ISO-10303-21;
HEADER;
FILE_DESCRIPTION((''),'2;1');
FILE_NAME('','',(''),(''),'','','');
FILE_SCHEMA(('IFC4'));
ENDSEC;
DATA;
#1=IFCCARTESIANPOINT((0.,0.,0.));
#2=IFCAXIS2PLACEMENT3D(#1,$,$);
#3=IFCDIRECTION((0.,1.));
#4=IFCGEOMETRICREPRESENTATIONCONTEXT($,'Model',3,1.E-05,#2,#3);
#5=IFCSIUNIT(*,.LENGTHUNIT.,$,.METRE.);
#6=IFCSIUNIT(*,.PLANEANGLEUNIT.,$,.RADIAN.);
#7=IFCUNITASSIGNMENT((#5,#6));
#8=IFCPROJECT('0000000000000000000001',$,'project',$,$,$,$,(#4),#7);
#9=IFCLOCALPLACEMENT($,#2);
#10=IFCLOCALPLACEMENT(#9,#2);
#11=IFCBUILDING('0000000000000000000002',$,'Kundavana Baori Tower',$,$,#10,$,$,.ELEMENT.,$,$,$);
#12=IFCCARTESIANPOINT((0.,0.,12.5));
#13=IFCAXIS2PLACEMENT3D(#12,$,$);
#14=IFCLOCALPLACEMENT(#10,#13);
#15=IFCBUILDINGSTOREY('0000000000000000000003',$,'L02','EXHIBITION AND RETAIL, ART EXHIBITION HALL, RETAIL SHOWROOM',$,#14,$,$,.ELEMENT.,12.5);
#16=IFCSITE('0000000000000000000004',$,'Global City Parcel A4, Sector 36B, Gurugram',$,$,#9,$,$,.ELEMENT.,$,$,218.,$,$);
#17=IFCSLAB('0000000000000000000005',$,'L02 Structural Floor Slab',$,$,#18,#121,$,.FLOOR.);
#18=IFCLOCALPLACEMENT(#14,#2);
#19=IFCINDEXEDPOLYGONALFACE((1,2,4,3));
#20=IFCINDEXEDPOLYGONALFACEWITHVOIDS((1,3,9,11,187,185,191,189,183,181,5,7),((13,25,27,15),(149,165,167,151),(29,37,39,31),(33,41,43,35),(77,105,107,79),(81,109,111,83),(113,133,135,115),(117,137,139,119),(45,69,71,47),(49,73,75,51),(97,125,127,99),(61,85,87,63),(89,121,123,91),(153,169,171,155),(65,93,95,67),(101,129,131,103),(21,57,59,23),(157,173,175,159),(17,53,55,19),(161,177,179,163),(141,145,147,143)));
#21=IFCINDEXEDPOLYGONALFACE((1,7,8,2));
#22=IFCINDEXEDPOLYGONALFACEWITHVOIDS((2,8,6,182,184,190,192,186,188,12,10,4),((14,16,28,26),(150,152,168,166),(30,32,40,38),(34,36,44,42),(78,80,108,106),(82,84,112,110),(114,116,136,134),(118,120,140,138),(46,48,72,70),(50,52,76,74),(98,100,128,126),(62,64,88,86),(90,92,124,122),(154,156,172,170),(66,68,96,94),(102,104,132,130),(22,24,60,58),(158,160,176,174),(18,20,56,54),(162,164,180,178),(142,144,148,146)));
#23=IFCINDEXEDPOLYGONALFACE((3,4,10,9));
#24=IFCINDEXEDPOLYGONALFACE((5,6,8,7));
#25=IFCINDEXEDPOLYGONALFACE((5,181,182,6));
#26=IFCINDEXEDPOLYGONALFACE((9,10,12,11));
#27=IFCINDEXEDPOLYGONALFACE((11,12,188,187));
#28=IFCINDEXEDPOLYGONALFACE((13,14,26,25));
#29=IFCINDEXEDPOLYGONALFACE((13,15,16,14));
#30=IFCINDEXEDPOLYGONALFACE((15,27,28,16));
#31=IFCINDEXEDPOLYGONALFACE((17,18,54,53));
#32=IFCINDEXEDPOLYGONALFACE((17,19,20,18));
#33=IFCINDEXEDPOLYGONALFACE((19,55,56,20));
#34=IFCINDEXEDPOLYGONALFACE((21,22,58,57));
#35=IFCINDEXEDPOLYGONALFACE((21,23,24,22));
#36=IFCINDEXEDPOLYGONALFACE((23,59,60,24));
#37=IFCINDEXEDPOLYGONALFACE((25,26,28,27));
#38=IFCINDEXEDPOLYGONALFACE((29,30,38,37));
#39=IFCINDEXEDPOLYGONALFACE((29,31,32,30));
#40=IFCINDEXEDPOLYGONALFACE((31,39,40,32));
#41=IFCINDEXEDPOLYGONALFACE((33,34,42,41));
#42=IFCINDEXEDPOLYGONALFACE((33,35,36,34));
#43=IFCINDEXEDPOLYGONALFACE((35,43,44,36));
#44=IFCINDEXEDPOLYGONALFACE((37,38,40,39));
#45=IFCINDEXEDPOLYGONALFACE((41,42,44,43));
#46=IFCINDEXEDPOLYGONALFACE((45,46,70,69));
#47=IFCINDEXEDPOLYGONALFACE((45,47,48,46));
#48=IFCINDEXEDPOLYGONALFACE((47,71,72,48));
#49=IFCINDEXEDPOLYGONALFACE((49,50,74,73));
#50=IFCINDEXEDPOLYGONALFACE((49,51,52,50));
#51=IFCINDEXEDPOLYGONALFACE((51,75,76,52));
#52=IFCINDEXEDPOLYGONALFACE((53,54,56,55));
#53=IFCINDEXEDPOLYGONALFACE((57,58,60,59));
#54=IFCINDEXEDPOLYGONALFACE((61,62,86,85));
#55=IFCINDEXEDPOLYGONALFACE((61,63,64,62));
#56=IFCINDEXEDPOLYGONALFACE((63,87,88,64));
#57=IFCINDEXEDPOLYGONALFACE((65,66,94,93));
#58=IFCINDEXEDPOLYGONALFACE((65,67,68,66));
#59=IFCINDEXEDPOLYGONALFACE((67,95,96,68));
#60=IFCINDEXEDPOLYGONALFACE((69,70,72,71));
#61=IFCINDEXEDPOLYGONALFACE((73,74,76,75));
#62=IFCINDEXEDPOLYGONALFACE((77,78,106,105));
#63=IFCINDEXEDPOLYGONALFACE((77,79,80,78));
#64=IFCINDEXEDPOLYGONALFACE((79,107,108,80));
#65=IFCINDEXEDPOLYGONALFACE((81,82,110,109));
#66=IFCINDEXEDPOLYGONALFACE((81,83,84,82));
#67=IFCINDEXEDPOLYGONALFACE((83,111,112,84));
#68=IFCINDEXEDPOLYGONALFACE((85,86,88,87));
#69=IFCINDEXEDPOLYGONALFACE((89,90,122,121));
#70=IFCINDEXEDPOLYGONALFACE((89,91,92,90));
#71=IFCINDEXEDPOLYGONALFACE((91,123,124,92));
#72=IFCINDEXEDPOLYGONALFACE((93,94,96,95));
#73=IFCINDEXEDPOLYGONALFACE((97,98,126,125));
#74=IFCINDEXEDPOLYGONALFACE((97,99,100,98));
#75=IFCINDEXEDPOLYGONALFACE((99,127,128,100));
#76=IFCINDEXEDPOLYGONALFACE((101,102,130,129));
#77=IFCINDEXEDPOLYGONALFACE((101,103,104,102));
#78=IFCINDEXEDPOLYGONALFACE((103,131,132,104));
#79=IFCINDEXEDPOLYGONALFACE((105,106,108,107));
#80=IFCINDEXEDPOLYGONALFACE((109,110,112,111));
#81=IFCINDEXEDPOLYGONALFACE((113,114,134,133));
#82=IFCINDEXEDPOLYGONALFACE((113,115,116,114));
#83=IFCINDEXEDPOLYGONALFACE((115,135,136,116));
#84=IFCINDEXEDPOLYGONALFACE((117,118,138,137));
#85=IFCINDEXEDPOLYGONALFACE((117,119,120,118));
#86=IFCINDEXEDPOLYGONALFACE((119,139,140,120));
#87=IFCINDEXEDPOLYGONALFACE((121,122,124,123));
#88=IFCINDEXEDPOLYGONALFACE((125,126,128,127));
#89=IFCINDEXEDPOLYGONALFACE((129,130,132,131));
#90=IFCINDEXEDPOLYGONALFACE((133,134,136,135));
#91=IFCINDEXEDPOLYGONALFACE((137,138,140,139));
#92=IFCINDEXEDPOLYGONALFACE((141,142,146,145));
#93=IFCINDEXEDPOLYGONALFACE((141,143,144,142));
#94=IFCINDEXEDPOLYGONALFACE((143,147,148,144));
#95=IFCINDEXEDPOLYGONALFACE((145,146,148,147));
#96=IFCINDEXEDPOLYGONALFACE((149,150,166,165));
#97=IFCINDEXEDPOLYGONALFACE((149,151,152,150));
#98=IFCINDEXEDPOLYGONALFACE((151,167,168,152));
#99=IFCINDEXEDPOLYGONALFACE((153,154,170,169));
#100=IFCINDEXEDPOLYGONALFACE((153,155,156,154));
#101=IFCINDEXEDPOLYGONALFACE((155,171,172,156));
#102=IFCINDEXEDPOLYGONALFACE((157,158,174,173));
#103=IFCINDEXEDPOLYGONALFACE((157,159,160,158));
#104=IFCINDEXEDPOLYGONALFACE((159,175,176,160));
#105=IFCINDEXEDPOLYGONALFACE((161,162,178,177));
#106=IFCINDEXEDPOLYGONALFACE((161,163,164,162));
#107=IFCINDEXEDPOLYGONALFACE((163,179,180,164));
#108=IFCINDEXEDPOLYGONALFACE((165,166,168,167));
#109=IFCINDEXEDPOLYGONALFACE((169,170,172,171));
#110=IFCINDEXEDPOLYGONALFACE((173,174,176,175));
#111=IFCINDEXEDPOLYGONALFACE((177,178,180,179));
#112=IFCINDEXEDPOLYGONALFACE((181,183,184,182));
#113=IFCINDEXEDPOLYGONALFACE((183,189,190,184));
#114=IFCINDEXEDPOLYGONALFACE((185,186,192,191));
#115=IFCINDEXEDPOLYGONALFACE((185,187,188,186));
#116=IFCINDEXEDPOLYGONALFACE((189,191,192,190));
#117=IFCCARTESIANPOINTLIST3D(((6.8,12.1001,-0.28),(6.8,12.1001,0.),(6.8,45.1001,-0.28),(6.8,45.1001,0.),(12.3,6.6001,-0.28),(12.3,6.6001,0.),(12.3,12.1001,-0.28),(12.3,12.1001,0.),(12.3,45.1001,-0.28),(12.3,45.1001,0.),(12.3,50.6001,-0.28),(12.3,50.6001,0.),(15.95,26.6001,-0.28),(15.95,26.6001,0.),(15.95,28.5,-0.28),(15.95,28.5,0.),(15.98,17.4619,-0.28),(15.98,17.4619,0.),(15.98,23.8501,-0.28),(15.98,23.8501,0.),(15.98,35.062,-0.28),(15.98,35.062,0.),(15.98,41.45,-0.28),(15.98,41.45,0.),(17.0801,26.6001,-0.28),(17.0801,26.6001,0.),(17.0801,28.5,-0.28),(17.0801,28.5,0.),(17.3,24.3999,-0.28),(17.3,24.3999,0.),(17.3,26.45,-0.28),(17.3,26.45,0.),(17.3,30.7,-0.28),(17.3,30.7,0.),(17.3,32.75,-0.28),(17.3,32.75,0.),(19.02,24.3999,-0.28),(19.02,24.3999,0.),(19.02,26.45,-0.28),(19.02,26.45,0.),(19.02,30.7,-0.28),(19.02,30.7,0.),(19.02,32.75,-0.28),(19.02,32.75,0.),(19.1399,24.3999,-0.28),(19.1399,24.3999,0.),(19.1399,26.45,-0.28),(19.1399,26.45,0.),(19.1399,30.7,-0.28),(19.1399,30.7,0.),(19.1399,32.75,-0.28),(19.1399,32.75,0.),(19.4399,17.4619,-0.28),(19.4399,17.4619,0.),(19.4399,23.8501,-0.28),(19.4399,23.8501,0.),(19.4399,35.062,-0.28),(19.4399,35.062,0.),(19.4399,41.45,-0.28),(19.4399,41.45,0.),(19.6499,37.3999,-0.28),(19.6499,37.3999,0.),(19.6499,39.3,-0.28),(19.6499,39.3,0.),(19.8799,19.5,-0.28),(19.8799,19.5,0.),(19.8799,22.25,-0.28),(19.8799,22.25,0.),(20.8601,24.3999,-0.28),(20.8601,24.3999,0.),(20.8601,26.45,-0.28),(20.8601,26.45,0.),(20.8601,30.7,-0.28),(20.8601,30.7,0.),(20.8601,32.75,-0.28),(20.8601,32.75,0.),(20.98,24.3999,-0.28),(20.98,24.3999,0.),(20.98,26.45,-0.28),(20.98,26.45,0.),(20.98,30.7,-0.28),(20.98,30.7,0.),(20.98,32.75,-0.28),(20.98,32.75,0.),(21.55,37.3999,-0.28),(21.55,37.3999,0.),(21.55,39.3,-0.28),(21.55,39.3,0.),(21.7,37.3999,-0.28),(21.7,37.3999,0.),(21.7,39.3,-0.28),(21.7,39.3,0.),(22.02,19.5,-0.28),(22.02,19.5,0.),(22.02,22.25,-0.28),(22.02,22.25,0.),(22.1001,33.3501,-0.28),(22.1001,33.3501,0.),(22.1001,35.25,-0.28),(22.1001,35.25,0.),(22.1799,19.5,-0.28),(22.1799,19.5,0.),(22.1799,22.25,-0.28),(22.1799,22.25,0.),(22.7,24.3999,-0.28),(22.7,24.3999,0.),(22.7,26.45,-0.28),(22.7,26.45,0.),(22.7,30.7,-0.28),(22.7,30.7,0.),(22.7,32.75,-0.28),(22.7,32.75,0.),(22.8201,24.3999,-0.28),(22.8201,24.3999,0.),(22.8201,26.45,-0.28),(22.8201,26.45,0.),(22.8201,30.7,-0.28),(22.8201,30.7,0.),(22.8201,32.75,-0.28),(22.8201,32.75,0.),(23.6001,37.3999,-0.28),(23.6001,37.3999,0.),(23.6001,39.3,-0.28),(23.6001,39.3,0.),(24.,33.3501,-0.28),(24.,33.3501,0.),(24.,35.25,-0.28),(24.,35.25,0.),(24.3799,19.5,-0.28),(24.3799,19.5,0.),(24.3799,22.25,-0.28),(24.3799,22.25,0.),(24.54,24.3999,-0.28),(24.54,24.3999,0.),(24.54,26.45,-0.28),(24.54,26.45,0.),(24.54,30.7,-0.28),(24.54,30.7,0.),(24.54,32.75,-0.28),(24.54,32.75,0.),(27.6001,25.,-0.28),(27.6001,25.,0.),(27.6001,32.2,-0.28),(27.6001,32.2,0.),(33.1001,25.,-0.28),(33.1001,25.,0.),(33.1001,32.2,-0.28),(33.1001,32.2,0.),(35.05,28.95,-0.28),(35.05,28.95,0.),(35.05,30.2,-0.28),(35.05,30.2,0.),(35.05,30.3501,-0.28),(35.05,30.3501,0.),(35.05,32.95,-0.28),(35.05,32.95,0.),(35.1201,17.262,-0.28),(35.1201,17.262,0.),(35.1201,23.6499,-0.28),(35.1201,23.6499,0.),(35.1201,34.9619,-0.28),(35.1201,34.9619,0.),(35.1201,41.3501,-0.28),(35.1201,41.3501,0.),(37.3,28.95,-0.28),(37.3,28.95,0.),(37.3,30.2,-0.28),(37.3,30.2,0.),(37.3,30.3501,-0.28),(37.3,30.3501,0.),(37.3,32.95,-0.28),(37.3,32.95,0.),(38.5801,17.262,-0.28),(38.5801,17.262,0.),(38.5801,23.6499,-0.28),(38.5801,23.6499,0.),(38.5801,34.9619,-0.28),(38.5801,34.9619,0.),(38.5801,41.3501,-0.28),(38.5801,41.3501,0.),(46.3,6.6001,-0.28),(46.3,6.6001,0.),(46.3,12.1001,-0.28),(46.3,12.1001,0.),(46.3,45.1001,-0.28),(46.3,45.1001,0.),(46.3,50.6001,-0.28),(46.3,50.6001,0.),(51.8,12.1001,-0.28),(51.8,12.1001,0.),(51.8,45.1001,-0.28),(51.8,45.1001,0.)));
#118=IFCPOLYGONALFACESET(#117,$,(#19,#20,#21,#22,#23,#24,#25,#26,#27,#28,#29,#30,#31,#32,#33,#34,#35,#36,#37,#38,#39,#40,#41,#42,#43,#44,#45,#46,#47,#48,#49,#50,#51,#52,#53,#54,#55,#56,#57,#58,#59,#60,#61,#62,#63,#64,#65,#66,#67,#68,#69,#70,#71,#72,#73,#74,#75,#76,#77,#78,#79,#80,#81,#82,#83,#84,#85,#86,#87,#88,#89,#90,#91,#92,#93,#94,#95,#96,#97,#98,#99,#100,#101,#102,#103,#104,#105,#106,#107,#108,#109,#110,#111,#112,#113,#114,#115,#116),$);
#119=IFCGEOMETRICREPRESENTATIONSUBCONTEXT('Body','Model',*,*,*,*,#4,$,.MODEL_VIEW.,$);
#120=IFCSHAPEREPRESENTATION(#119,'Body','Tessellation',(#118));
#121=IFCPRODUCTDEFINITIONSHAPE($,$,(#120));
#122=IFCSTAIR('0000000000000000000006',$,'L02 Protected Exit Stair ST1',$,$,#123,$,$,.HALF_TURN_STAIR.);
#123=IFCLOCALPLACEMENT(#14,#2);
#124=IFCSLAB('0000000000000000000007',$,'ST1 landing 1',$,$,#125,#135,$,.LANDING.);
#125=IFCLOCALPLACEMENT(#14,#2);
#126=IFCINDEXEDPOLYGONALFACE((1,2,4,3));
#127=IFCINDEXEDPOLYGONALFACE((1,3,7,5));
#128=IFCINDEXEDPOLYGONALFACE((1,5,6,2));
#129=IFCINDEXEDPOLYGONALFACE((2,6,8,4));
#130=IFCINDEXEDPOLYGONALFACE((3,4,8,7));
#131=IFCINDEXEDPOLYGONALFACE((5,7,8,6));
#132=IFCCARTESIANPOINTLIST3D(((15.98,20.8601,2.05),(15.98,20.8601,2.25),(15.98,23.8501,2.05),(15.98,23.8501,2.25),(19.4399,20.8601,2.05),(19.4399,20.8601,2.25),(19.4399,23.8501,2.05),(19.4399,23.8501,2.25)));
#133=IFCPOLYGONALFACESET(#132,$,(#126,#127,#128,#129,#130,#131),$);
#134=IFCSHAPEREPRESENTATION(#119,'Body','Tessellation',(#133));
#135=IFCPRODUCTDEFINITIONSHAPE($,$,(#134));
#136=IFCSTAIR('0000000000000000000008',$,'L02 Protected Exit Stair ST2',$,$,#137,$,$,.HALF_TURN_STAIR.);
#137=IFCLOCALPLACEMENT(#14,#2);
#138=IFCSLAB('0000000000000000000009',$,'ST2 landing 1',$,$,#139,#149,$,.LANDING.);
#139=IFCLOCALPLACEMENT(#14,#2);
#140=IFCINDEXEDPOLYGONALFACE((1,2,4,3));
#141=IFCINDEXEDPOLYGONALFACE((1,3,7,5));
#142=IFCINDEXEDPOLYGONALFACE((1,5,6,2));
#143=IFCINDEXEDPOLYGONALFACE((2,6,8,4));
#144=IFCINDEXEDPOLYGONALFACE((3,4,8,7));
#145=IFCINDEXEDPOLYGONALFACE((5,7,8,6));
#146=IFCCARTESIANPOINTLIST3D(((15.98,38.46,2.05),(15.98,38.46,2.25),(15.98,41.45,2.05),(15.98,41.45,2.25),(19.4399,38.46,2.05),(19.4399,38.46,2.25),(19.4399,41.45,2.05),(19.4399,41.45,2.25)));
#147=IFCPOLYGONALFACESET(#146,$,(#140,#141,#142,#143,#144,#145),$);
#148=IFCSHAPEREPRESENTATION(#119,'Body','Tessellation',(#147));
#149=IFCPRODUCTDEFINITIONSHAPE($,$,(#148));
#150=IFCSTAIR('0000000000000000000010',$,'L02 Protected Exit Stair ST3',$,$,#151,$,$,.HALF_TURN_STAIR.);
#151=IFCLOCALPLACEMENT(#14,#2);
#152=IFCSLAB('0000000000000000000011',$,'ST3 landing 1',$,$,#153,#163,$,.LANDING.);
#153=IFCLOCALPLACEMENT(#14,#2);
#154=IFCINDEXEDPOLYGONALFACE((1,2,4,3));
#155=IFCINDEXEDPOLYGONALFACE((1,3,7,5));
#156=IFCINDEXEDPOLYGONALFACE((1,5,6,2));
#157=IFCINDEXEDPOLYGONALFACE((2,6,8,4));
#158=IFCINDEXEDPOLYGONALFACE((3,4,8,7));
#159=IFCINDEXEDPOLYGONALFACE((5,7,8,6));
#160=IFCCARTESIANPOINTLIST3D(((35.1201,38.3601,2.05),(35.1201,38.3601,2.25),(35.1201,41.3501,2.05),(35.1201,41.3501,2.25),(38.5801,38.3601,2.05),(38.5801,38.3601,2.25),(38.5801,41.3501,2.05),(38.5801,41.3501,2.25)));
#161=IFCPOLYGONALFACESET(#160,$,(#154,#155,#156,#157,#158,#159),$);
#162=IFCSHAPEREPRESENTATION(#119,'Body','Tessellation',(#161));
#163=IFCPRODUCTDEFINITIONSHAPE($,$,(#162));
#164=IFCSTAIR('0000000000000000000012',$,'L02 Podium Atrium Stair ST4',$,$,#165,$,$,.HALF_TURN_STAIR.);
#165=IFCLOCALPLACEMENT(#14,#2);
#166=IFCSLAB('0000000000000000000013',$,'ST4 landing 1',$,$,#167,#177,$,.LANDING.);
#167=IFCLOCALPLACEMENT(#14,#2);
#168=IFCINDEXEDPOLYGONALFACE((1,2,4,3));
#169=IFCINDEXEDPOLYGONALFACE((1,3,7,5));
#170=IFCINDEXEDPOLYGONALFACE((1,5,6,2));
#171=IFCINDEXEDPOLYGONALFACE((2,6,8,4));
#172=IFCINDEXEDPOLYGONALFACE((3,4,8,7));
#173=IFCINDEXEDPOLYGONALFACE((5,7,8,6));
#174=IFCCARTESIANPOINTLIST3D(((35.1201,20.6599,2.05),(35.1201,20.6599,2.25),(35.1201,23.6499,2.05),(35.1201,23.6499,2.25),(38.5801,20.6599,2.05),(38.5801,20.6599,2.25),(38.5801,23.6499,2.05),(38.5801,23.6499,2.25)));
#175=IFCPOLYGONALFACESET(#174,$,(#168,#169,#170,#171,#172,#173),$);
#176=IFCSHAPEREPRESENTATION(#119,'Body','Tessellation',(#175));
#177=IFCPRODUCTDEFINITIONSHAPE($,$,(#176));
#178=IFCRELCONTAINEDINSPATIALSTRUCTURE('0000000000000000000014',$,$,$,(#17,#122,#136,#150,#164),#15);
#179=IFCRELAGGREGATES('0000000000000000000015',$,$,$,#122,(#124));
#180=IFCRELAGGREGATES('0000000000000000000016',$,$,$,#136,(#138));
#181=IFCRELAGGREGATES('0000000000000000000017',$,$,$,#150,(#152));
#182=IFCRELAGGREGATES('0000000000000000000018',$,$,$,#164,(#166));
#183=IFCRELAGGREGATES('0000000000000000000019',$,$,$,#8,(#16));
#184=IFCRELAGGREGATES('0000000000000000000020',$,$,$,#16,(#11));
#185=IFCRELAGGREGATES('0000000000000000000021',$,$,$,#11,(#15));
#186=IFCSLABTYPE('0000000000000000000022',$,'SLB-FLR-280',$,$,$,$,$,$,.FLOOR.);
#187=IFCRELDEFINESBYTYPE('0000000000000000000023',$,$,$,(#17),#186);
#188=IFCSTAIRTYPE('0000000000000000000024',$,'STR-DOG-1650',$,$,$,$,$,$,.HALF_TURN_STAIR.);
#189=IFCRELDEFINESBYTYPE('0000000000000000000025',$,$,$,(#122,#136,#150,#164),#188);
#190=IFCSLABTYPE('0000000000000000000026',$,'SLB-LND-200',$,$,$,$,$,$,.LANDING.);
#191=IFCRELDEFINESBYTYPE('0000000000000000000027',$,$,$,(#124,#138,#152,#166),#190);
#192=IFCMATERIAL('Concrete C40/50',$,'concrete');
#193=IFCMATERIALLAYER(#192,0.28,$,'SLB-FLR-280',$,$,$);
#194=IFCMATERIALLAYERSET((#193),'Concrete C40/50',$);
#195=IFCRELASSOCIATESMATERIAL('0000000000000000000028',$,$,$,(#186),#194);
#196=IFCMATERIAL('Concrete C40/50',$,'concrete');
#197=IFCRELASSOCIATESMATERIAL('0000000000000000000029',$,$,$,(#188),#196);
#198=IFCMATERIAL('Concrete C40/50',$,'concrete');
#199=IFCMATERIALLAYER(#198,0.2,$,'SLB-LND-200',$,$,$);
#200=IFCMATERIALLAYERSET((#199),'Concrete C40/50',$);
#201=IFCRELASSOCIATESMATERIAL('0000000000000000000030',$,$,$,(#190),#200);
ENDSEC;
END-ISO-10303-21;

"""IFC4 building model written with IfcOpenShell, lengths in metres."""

from ifc_helpers import new_model, si_unit, direction, frame, origin, place, context, subcontext, project, spatial, polyline, outline, extrude, material, layer, layer_set, type_object, element, aggregate, save


model = new_model("IFC4")

# Units and contexts
model_context = context("Model", 3, precision=1e-05, world=origin(), true_north=direction((0.0, 1.0)))
body_context = subcontext(model_context, "Body", "Model", "MODEL_VIEW")
ifc_project = project(units=[si_unit("LENGTHUNIT", "METRE"), si_unit("PLANEANGLEUNIT", "RADIAN")], contexts=[model_context])

# Site, building, storey
site_placement = place(None, origin())
site = spatial("IfcSite", under=ifc_project, at=site_placement, Name="Global City Parcel A4, Sector 36B, Gurugram", CompositionType="ELEMENT", RefElevation=218.0)
building_placement = place(site_placement, origin())
building = spatial("IfcBuilding", under=site, at=building_placement, Name="Kundavana Baori Tower", CompositionType="ELEMENT")
storey_placement = place(building_placement, frame((0.0, 0.0, 12.5)))
storey = spatial("IfcBuildingStorey", under=building, at=storey_placement, Name="L02", Description="EXHIBITION AND RETAIL, ART EXHIBITION HALL, RETAIL SHOWROOM", CompositionType="ELEMENT", Elevation=12.5)

# Slab
ifc_material_1 = material(Name="Concrete C40/50", Category="concrete")
ifc_layer_1 = layer(ifc_material_1, 0.28, Name="SLB-FLR-280")
ifc_layer_set_1 = layer_set([ifc_layer_1], Name="Concrete C40/50")
slab_type_1 = type_object("IfcSlabType", Name="SLB-FLR-280", PredefinedType="FLOOR", material=ifc_layer_set_1)
slab_1_placement = place(storey_placement, frame((0.0, 0.0, -0.28)))
element("IfcSlab", 1, at=slab_1_placement, inside=storey, type_object=slab_type_1, Name="L02 Structural Floor Slab", PredefinedType="FLOOR", context=body_context, shape_type="SweptSolid", body=[
    extrude(outline(polyline([(12.3, 6.6001), (46.3, 6.6001), (46.3, 12.1001), (51.8, 12.1001), (51.8, 45.1001), (46.3, 45.1001), (46.3, 50.6001), (12.3, 50.6001), (12.3, 45.1001), (6.8, 45.1001), (6.8, 12.1001), (12.3, 12.1001), (12.3, 6.6001)]), holes=[polyline([(19.4399, 17.4619), (19.4399, 23.8501), (15.98, 23.8501), (15.98, 17.4619), (19.4399, 17.4619)]), polyline([(19.4399, 35.062), (19.4399, 41.45), (15.98, 41.45), (15.98, 35.062), (19.4399, 35.062)]), polyline([(38.5801, 34.9619), (38.5801, 41.3501), (35.1201, 41.3501), (35.1201, 34.9619), (38.5801, 34.9619)]), polyline([(38.5801, 17.262), (38.5801, 23.6499), (35.1201, 23.6499), (35.1201, 17.262), (38.5801, 17.262)]), polyline([(17.3, 24.3999), (19.02, 24.3999), (19.02, 26.45), (17.3, 26.45), (17.3, 24.3999)]), polyline([(19.1399, 24.3999), (20.8601, 24.3999), (20.8601, 26.45), (19.1399, 26.45), (19.1399, 24.3999)]), polyline([(20.98, 24.3999), (22.7, 24.3999), (22.7, 26.45), (20.98, 26.45), (20.98, 24.3999)]), polyline([(22.8201, 24.3999), (24.54, 24.3999), (24.54, 26.45), (22.8201, 26.45), (22.8201, 24.3999)]), polyline([(17.3, 30.7), (19.02, 30.7), (19.02, 32.75), (17.3, 32.75), (17.3, 30.7)]), polyline([(19.1399, 30.7), (20.8601, 30.7), (20.8601, 32.75), (19.1399, 32.75), (19.1399, 30.7)]), polyline([(20.98, 30.7), (22.7, 30.7), (22.7, 32.75), (20.98, 32.75), (20.98, 30.7)]), polyline([(22.8201, 30.7), (24.54, 30.7), (24.54, 32.75), (22.8201, 32.75), (22.8201, 30.7)]), polyline([(19.6499, 37.3999), (21.55, 37.3999), (21.55, 39.3), (19.6499, 39.3), (19.6499, 37.3999)]), polyline([(21.7, 37.3999), (23.6001, 37.3999), (23.6001, 39.3), (21.7, 39.3), (21.7, 37.3999)]), polyline([(22.1001, 33.3501), (24.0, 33.3501), (24.0, 35.25), (22.1001, 35.25), (22.1001, 33.3501)]), polyline([(19.8799, 19.5), (22.02, 19.5), (22.02, 22.25), (19.8799, 22.25), (19.8799, 19.5)]), polyline([(22.1799, 19.5), (24.3799, 19.5), (24.3799, 22.25), (22.1799, 22.25), (22.1799, 19.5)]), polyline([(35.05, 30.3501), (37.3, 30.3501), (37.3, 32.95), (35.05, 32.95), (35.05, 30.3501)]), polyline([(15.95, 26.6001), (17.0801, 26.6001), (17.0801, 28.5), (15.95, 28.5), (15.95, 26.6001)]), polyline([(35.05, 28.95), (37.3, 28.95), (37.3, 30.2), (35.05, 30.2), (35.05, 28.95)]), polyline([(27.6001, 25.0), (33.1001, 25.0), (33.1001, 32.2), (27.6001, 32.2), (27.6001, 25.0)])]), origin(), (0.0, 0.0, 1.0), 0.28),
])

# Stairs, slabs
ifc_material_2 = material(Name="Concrete C40/50", Category="concrete")
stair_type = type_object("IfcStairType", Name="STR-DOG-1650", PredefinedType="HALF_TURN_STAIR", material=ifc_material_2)
stair_1_placement = place(storey_placement, origin())
stair_1 = element("IfcStair", 2, at=stair_1_placement, inside=storey, type_object=stair_type, Name="L02 Protected Exit Stair ST1", PredefinedType="HALF_TURN_STAIR")
ifc_material_3 = material(Name="Concrete C40/50", Category="concrete")
ifc_layer_2 = layer(ifc_material_3, 0.2, Name="SLB-LND-200")
ifc_layer_set_2 = layer_set([ifc_layer_2], Name="Concrete C40/50")
slab_type_2 = type_object("IfcSlabType", Name="SLB-LND-200", PredefinedType="LANDING", material=ifc_layer_set_2)
slab_2_placement = place(storey_placement, frame((0.0, 0.0, 2.05)))
slab_2 = element("IfcSlab", 3, at=slab_2_placement, type_object=slab_type_2, Name="ST1 landing 1", PredefinedType="LANDING", context=body_context, shape_type="SweptSolid", body=[
    extrude(outline(polyline([(19.4399, 20.8601), (19.4399, 23.8501), (15.98, 23.8501), (15.98, 20.8601), (19.4399, 20.8601)])), origin(), (0.0, 0.0, 1.0), 0.2),
])
aggregate(stair_1, [slab_2])
stair_2_placement = place(storey_placement, origin())
stair_2 = element("IfcStair", 4, at=stair_2_placement, inside=storey, type_object=stair_type, Name="L02 Protected Exit Stair ST2", PredefinedType="HALF_TURN_STAIR")
slab_3_placement = place(storey_placement, frame((0.0, 0.0, 2.05)))
slab_3 = element("IfcSlab", 5, at=slab_3_placement, type_object=slab_type_2, Name="ST2 landing 1", PredefinedType="LANDING", context=body_context, shape_type="SweptSolid", body=[
    extrude(outline(polyline([(19.4399, 38.46), (19.4399, 41.45), (15.98, 41.45), (15.98, 38.46), (19.4399, 38.46)])), origin(), (0.0, 0.0, 1.0), 0.2),
])
aggregate(stair_2, [slab_3])
stair_3_placement = place(storey_placement, origin())
stair_3 = element("IfcStair", 6, at=stair_3_placement, inside=storey, type_object=stair_type, Name="L02 Protected Exit Stair ST3", PredefinedType="HALF_TURN_STAIR")
slab_4_placement = place(storey_placement, frame((0.0, 0.0, 2.05)))
slab_4 = element("IfcSlab", 7, at=slab_4_placement, type_object=slab_type_2, Name="ST3 landing 1", PredefinedType="LANDING", context=body_context, shape_type="SweptSolid", body=[
    extrude(outline(polyline([(38.5801, 38.3601), (38.5801, 41.3501), (35.1201, 41.3501), (35.1201, 38.3601), (38.5801, 38.3601)])), origin(), (0.0, 0.0, 1.0), 0.2),
])
aggregate(stair_3, [slab_4])
stair_4_placement = place(storey_placement, origin())
stair_4 = element("IfcStair", 8, at=stair_4_placement, inside=storey, type_object=stair_type, Name="L02 Podium Atrium Stair ST4", PredefinedType="HALF_TURN_STAIR")
slab_5_placement = place(storey_placement, frame((0.0, 0.0, 2.05)))
slab_5 = element("IfcSlab", 9, at=slab_5_placement, type_object=slab_type_2, Name="ST4 landing 1", PredefinedType="LANDING", context=body_context, shape_type="SweptSolid", body=[
    extrude(outline(polyline([(38.5801, 20.6599), (38.5801, 23.6499), (35.1201, 23.6499), (35.1201, 20.6599), (38.5801, 20.6599)])), origin(), (0.0, 0.0, 1.0), 0.2),
])
aggregate(stair_4, [slab_5])

save(model, "model.ifc")
